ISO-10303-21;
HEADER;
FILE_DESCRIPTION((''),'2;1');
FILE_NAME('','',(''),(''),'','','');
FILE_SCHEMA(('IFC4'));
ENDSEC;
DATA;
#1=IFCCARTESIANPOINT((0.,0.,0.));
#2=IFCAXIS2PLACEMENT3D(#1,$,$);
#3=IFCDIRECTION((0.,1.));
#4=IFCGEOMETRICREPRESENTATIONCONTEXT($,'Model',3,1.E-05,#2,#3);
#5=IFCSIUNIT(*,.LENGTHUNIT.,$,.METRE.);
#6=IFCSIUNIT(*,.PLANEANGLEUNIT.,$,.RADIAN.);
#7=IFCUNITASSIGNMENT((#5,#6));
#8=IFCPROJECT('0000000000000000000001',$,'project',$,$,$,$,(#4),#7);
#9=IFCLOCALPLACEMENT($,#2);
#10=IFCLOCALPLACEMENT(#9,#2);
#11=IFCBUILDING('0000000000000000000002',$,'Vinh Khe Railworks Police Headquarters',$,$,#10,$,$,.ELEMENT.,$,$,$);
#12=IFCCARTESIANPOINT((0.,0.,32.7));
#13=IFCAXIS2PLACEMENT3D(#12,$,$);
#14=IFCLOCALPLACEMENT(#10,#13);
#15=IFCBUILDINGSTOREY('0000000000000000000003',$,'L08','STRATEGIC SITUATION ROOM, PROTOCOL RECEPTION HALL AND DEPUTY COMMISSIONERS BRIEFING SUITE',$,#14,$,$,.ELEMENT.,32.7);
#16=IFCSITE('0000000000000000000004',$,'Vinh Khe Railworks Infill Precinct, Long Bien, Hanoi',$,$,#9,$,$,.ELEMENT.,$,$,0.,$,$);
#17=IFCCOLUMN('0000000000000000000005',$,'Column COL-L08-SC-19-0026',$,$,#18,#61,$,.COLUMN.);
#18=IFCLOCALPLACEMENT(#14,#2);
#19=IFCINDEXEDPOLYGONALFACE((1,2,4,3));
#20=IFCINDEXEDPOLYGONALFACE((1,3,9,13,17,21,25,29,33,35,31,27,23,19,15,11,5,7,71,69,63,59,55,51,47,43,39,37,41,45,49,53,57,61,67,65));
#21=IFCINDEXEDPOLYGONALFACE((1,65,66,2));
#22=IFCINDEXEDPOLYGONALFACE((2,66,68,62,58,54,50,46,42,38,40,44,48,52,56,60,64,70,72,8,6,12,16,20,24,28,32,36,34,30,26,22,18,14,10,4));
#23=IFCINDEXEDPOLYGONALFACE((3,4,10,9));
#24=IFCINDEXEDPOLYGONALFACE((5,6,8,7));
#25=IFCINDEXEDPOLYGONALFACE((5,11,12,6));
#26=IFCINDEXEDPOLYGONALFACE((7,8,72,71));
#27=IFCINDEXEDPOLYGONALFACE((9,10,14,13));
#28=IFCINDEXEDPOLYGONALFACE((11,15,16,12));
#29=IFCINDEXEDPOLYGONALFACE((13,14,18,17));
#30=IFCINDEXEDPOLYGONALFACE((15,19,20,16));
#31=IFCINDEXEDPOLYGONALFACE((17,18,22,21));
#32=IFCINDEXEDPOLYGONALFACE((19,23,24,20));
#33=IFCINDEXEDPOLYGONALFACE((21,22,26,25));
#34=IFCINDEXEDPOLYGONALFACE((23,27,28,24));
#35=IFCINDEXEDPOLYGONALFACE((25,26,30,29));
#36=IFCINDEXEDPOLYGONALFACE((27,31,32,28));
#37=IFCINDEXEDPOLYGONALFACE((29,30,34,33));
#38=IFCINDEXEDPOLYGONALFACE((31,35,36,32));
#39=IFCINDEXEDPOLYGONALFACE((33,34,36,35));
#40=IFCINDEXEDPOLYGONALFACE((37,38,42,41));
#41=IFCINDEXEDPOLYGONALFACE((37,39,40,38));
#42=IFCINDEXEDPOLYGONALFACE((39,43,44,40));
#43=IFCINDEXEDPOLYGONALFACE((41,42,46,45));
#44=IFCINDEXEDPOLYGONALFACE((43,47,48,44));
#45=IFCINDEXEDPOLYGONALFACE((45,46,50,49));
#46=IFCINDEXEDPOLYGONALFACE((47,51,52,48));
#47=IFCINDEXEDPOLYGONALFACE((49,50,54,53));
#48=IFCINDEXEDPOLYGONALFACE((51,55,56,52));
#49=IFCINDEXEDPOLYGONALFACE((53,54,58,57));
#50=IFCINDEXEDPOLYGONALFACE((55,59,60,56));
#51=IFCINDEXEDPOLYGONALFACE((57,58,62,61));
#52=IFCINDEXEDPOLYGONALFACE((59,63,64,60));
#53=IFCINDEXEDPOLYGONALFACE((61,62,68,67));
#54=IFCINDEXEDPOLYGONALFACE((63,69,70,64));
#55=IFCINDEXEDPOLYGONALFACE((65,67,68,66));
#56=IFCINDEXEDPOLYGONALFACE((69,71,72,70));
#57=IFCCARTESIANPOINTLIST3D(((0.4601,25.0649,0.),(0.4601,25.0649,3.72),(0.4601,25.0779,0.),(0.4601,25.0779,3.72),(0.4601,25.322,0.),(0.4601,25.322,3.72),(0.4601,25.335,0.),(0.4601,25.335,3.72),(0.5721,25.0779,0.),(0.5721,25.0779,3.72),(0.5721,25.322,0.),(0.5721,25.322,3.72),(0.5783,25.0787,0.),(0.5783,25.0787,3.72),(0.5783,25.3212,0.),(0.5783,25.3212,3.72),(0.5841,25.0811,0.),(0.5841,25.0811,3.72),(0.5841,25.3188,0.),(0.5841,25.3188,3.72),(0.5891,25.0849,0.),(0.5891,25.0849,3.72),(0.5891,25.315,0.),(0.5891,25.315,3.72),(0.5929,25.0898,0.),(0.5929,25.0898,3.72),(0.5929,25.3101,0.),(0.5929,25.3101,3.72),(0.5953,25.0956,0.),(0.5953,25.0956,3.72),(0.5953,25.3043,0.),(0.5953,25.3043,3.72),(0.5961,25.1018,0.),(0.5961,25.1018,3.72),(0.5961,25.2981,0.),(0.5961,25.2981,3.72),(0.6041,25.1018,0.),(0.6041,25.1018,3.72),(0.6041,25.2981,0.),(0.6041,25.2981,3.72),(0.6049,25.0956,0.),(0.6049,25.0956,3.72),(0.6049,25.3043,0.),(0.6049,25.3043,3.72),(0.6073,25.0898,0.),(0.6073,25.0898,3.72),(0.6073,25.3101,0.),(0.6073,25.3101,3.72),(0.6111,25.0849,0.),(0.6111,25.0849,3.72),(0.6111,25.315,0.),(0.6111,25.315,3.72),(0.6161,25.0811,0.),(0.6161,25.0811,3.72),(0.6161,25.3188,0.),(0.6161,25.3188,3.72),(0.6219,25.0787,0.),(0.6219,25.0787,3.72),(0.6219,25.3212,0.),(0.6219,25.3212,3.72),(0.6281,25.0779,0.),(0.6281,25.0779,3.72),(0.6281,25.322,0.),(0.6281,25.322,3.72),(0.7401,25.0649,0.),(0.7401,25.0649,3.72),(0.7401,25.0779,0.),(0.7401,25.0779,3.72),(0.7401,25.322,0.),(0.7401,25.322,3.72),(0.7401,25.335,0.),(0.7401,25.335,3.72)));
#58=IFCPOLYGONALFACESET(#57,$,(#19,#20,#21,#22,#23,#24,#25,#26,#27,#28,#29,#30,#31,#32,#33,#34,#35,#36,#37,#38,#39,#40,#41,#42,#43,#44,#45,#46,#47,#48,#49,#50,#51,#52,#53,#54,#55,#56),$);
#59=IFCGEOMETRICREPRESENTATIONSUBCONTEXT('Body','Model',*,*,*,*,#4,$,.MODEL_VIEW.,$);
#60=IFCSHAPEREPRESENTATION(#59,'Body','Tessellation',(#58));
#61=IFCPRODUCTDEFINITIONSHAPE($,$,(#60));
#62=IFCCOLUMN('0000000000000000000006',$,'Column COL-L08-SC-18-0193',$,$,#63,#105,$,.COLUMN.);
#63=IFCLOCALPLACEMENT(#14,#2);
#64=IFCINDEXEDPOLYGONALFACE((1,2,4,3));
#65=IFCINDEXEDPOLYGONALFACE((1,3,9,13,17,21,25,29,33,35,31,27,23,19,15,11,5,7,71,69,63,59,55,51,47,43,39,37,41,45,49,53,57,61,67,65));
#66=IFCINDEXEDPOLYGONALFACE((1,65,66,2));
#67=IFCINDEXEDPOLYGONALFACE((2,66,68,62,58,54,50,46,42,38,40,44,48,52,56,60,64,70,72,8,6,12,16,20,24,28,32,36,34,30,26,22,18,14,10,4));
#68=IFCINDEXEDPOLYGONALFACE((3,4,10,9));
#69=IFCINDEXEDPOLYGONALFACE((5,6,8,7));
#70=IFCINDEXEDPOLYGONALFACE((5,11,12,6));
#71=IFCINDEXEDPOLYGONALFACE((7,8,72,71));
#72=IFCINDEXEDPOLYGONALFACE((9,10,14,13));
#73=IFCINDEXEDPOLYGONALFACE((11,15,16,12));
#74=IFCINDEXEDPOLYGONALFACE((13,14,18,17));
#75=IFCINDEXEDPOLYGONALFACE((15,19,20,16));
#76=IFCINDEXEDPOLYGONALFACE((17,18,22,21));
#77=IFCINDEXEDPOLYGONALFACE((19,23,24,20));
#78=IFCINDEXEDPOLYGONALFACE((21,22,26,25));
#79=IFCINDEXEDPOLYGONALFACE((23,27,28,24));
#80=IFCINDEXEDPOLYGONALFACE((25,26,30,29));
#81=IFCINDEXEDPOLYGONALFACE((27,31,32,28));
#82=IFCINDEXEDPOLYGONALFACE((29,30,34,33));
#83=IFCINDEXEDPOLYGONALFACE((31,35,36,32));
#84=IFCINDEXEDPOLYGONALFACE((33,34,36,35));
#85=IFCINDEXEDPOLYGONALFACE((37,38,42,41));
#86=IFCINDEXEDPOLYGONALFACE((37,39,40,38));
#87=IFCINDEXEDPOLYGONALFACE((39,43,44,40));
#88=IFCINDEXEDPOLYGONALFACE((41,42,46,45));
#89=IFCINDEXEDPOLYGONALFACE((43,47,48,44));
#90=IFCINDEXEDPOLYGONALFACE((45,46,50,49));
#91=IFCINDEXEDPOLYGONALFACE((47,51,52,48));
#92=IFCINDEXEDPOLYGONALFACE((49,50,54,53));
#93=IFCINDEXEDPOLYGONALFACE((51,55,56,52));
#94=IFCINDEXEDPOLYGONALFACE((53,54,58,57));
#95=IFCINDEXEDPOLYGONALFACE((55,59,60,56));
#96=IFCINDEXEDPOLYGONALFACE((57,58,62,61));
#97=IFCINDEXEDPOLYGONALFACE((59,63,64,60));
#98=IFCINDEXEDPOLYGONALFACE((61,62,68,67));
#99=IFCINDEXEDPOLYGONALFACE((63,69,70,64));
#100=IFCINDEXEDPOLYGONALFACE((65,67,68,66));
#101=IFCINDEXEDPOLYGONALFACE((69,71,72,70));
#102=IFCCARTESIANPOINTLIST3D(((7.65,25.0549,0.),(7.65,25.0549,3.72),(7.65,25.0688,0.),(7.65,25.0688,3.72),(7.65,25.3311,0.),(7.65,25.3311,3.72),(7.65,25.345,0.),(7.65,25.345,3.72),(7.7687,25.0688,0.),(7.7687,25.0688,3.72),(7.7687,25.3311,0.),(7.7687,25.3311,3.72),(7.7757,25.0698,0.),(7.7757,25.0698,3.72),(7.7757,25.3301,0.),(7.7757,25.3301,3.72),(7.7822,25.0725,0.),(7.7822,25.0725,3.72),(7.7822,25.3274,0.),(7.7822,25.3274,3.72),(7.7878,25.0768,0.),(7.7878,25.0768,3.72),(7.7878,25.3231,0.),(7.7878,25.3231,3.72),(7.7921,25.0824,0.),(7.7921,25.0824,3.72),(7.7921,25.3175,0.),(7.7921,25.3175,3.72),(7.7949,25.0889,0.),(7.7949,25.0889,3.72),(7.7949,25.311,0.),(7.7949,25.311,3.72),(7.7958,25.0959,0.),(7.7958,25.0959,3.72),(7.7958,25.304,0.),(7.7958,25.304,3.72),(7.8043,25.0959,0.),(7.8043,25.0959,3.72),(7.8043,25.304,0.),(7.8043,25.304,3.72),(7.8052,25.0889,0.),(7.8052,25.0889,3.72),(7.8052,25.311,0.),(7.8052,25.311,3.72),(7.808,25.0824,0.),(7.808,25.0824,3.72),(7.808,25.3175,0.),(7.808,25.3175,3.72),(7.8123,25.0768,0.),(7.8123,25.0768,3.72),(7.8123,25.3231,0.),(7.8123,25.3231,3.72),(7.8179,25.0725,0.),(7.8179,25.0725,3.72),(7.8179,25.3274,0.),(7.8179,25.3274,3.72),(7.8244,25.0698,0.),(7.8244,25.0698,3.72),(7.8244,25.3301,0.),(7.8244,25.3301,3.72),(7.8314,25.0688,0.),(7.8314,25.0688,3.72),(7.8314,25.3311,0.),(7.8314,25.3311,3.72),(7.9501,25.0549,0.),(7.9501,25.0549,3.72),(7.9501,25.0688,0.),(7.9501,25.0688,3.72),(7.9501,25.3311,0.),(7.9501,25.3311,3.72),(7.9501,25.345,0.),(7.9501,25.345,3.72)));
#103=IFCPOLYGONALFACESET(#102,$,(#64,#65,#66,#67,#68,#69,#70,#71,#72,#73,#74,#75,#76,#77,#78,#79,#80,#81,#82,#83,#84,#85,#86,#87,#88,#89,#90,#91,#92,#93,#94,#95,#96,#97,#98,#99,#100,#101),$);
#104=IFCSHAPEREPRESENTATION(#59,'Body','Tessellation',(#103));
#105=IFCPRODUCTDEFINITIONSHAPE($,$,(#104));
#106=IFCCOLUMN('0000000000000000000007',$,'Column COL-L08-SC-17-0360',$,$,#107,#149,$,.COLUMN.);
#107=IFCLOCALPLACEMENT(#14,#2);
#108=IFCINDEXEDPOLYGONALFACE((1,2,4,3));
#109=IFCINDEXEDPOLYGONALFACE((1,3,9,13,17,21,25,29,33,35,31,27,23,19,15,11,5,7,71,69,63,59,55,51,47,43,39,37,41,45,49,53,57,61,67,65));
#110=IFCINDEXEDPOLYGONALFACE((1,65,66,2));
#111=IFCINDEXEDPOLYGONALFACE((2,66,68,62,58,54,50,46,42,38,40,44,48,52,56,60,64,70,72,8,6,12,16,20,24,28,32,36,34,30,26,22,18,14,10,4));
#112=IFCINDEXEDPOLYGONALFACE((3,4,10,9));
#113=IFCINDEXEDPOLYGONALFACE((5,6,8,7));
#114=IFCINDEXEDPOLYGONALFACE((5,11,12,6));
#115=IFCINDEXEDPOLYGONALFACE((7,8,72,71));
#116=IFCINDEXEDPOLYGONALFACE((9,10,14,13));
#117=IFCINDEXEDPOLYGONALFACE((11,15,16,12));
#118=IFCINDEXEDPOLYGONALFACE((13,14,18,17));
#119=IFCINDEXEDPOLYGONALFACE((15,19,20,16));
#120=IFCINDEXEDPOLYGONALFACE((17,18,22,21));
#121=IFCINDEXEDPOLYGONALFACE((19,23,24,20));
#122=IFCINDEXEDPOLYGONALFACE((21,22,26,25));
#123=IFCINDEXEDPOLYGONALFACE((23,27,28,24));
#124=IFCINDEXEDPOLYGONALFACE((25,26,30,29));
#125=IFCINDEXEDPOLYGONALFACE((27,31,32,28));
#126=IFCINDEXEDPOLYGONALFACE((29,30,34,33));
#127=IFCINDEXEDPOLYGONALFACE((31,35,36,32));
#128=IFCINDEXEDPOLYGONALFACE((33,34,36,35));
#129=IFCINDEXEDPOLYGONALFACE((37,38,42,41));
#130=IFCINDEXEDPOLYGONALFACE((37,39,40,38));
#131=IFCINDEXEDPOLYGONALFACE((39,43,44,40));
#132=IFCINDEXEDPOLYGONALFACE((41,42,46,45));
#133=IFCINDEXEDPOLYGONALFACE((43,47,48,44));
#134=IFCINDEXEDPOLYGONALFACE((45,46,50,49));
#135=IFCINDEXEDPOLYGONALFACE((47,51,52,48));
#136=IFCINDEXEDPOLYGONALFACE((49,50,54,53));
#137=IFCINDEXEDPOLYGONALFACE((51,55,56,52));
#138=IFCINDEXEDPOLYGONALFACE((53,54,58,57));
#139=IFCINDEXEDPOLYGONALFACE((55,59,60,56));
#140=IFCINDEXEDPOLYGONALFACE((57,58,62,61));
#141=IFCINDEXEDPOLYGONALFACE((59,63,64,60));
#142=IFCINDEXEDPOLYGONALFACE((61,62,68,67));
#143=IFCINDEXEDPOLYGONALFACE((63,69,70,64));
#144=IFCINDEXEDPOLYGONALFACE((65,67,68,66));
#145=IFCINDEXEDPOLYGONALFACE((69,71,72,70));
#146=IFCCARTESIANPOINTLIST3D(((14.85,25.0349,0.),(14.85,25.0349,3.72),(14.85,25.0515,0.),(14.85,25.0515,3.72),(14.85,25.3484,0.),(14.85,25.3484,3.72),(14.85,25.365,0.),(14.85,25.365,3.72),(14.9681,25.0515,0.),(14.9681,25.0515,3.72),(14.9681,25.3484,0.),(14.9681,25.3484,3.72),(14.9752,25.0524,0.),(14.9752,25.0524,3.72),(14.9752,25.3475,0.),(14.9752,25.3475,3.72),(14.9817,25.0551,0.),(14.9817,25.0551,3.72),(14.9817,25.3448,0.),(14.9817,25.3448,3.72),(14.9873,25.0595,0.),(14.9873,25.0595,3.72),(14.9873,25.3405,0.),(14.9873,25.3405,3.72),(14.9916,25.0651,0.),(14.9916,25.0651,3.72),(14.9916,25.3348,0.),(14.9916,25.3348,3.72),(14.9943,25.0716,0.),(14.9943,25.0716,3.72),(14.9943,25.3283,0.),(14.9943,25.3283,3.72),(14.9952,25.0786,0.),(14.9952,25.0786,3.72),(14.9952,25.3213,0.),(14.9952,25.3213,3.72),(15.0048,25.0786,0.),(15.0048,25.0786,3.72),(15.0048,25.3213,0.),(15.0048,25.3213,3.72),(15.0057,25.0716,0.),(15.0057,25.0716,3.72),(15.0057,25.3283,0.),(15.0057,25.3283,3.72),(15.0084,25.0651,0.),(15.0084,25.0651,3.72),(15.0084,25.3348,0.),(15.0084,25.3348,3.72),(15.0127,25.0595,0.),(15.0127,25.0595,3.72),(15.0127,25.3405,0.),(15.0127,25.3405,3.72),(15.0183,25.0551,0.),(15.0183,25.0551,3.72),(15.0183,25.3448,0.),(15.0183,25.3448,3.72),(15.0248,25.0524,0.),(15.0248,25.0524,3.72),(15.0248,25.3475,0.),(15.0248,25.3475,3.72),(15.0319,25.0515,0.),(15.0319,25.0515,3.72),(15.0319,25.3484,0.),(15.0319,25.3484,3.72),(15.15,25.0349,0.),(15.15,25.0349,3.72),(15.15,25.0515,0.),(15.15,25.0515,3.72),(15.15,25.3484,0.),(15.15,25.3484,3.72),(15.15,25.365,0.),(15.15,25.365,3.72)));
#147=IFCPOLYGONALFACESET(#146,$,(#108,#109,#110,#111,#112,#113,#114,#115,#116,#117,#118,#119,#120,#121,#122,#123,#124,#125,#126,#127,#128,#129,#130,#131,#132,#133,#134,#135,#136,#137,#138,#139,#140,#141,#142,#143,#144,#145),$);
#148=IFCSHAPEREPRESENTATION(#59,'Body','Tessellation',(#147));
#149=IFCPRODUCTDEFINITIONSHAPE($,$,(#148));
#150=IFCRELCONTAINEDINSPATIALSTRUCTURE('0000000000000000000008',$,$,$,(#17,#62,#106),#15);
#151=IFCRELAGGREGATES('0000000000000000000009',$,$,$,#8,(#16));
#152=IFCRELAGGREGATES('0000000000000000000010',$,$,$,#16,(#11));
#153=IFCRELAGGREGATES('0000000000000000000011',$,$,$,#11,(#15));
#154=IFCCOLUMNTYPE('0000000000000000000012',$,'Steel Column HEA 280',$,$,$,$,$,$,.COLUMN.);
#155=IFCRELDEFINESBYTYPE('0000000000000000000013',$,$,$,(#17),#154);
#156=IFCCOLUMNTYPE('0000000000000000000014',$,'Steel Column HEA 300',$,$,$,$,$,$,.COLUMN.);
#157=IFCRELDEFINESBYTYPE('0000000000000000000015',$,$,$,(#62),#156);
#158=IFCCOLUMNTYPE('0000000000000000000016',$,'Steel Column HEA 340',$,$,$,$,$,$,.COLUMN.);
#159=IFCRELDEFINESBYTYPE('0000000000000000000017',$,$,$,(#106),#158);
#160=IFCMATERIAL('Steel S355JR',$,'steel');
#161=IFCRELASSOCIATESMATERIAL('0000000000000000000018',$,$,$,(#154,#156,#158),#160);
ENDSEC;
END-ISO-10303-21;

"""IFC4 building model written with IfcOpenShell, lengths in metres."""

from ifc_helpers import new_model, si_unit, direction, frame, origin, origin_2d, place, context, subcontext, project, spatial, i_section, extrude, material, material_profile, profile_set, type_object, element, save


model = new_model("IFC4")

# Units and contexts
model_context = context("Model", 3, precision=1e-05, world=origin(), true_north=direction((0.0, 1.0)))
body_context = subcontext(model_context, "Body", "Model", "MODEL_VIEW")
ifc_project = project(units=[si_unit("LENGTHUNIT", "METRE"), si_unit("PLANEANGLEUNIT", "RADIAN")], contexts=[model_context])

# Site, building, storey
site_placement = place(None, origin())
site = spatial("IfcSite", under=ifc_project, at=site_placement, Name="Vinh Khe Railworks Infill Precinct, Long Bien, Hanoi", CompositionType="ELEMENT", RefElevation=0.0)
building_placement = place(site_placement, origin())
building = spatial("IfcBuilding", under=site, at=building_placement, Name="Vinh Khe Railworks Police Headquarters", CompositionType="ELEMENT")
storey_placement = place(building_placement, frame((0.0, 0.0, 32.7)))
storey = spatial("IfcBuildingStorey", under=building, at=storey_placement, Name="L08", Description="STRATEGIC SITUATION ROOM, PROTOCOL RECEPTION HALL AND DEPUTY COMMISSIONERS BRIEFING SUITE", CompositionType="ELEMENT", Elevation=32.7)

# Columns
ifc_material_1 = material(Name="Steel S355JR", Category="steel")
ifc_material_profile_1 = material_profile(ifc_material_1, i_section(OverallWidth=0.28, OverallDepth=0.27, WebThickness=0.0081, FlangeThickness=0.0129, FilletRadius=0.0239, at=origin_2d()), Name="HEA 280")
ifc_profile_set_1 = profile_set([ifc_material_profile_1], Name="Steel S355JR")
column_type_1 = type_object("IfcColumnType", Name="Steel Column HEA 280", PredefinedType="COLUMN", material=ifc_profile_set_1)
column_1_placement = place(storey_placement, frame((0.6001, 25.2, 0.0), z_axis=(0.0, 0.0, 1.0), x_axis=(1.0, 0.0, 0.0)))
element("IfcColumn", 1, at=column_1_placement, inside=storey, type_object=column_type_1, Name="Column COL-L08-SC-19-0026", PredefinedType="COLUMN", context=body_context, shape_type="SweptSolid", body=[
    extrude(i_section(OverallWidth=0.28, OverallDepth=0.27, WebThickness=0.0081, FlangeThickness=0.0129, FilletRadius=0.0239, at=origin_2d()), origin(), (0.0, 0.0, 1.0), 3.72),
])
ifc_material_profile_2 = material_profile(ifc_material_1, i_section(OverallWidth=0.3, OverallDepth=0.29, WebThickness=0.0085, FlangeThickness=0.0139, FilletRadius=0.0271, at=origin_2d()), Name="HEA 300")
ifc_profile_set_2 = profile_set([ifc_material_profile_2], Name="Steel S355JR")
column_type_2 = type_object("IfcColumnType", Name="Steel Column HEA 300", PredefinedType="COLUMN", material=ifc_profile_set_2)
column_2_placement = place(storey_placement, frame((7.8, 25.2, 0.0), z_axis=(0.0, 0.0, 1.0), x_axis=(1.0, 0.0, 0.0)))
element("IfcColumn", 2, at=column_2_placement, inside=storey, type_object=column_type_2, Name="Column COL-L08-SC-18-0193", PredefinedType="COLUMN", context=body_context, shape_type="SweptSolid", body=[
    extrude(i_section(OverallWidth=0.3, OverallDepth=0.29, WebThickness=0.0085, FlangeThickness=0.0139, FilletRadius=0.0271, at=origin_2d()), origin(), (0.0, 0.0, 1.0), 3.72),
])
ifc_material_profile_3 = material_profile(ifc_material_1, i_section(OverallWidth=0.3, OverallDepth=0.3301, WebThickness=0.0095, FlangeThickness=0.0166, FilletRadius=0.0271, at=origin_2d()), Name="HEA 340")
ifc_profile_set_3 = profile_set([ifc_material_profile_3], Name="Steel S355JR")
column_type_3 = type_object("IfcColumnType", Name="Steel Column HEA 340", PredefinedType="COLUMN", material=ifc_profile_set_3)
column_3_placement = place(storey_placement, frame((15.0, 25.2, 0.0), z_axis=(0.0, 0.0, 1.0), x_axis=(1.0, 0.0, 0.0)))
element("IfcColumn", 3, at=column_3_placement, inside=storey, type_object=column_type_3, Name="Column COL-L08-SC-17-0360", PredefinedType="COLUMN", context=body_context, shape_type="SweptSolid", body=[
    extrude(i_section(OverallWidth=0.3, OverallDepth=0.3301, WebThickness=0.0095, FlangeThickness=0.0166, FilletRadius=0.0271, at=origin_2d()), origin(), (0.0, 0.0, 1.0), 3.72),
])

save(model, "model.ifc")
